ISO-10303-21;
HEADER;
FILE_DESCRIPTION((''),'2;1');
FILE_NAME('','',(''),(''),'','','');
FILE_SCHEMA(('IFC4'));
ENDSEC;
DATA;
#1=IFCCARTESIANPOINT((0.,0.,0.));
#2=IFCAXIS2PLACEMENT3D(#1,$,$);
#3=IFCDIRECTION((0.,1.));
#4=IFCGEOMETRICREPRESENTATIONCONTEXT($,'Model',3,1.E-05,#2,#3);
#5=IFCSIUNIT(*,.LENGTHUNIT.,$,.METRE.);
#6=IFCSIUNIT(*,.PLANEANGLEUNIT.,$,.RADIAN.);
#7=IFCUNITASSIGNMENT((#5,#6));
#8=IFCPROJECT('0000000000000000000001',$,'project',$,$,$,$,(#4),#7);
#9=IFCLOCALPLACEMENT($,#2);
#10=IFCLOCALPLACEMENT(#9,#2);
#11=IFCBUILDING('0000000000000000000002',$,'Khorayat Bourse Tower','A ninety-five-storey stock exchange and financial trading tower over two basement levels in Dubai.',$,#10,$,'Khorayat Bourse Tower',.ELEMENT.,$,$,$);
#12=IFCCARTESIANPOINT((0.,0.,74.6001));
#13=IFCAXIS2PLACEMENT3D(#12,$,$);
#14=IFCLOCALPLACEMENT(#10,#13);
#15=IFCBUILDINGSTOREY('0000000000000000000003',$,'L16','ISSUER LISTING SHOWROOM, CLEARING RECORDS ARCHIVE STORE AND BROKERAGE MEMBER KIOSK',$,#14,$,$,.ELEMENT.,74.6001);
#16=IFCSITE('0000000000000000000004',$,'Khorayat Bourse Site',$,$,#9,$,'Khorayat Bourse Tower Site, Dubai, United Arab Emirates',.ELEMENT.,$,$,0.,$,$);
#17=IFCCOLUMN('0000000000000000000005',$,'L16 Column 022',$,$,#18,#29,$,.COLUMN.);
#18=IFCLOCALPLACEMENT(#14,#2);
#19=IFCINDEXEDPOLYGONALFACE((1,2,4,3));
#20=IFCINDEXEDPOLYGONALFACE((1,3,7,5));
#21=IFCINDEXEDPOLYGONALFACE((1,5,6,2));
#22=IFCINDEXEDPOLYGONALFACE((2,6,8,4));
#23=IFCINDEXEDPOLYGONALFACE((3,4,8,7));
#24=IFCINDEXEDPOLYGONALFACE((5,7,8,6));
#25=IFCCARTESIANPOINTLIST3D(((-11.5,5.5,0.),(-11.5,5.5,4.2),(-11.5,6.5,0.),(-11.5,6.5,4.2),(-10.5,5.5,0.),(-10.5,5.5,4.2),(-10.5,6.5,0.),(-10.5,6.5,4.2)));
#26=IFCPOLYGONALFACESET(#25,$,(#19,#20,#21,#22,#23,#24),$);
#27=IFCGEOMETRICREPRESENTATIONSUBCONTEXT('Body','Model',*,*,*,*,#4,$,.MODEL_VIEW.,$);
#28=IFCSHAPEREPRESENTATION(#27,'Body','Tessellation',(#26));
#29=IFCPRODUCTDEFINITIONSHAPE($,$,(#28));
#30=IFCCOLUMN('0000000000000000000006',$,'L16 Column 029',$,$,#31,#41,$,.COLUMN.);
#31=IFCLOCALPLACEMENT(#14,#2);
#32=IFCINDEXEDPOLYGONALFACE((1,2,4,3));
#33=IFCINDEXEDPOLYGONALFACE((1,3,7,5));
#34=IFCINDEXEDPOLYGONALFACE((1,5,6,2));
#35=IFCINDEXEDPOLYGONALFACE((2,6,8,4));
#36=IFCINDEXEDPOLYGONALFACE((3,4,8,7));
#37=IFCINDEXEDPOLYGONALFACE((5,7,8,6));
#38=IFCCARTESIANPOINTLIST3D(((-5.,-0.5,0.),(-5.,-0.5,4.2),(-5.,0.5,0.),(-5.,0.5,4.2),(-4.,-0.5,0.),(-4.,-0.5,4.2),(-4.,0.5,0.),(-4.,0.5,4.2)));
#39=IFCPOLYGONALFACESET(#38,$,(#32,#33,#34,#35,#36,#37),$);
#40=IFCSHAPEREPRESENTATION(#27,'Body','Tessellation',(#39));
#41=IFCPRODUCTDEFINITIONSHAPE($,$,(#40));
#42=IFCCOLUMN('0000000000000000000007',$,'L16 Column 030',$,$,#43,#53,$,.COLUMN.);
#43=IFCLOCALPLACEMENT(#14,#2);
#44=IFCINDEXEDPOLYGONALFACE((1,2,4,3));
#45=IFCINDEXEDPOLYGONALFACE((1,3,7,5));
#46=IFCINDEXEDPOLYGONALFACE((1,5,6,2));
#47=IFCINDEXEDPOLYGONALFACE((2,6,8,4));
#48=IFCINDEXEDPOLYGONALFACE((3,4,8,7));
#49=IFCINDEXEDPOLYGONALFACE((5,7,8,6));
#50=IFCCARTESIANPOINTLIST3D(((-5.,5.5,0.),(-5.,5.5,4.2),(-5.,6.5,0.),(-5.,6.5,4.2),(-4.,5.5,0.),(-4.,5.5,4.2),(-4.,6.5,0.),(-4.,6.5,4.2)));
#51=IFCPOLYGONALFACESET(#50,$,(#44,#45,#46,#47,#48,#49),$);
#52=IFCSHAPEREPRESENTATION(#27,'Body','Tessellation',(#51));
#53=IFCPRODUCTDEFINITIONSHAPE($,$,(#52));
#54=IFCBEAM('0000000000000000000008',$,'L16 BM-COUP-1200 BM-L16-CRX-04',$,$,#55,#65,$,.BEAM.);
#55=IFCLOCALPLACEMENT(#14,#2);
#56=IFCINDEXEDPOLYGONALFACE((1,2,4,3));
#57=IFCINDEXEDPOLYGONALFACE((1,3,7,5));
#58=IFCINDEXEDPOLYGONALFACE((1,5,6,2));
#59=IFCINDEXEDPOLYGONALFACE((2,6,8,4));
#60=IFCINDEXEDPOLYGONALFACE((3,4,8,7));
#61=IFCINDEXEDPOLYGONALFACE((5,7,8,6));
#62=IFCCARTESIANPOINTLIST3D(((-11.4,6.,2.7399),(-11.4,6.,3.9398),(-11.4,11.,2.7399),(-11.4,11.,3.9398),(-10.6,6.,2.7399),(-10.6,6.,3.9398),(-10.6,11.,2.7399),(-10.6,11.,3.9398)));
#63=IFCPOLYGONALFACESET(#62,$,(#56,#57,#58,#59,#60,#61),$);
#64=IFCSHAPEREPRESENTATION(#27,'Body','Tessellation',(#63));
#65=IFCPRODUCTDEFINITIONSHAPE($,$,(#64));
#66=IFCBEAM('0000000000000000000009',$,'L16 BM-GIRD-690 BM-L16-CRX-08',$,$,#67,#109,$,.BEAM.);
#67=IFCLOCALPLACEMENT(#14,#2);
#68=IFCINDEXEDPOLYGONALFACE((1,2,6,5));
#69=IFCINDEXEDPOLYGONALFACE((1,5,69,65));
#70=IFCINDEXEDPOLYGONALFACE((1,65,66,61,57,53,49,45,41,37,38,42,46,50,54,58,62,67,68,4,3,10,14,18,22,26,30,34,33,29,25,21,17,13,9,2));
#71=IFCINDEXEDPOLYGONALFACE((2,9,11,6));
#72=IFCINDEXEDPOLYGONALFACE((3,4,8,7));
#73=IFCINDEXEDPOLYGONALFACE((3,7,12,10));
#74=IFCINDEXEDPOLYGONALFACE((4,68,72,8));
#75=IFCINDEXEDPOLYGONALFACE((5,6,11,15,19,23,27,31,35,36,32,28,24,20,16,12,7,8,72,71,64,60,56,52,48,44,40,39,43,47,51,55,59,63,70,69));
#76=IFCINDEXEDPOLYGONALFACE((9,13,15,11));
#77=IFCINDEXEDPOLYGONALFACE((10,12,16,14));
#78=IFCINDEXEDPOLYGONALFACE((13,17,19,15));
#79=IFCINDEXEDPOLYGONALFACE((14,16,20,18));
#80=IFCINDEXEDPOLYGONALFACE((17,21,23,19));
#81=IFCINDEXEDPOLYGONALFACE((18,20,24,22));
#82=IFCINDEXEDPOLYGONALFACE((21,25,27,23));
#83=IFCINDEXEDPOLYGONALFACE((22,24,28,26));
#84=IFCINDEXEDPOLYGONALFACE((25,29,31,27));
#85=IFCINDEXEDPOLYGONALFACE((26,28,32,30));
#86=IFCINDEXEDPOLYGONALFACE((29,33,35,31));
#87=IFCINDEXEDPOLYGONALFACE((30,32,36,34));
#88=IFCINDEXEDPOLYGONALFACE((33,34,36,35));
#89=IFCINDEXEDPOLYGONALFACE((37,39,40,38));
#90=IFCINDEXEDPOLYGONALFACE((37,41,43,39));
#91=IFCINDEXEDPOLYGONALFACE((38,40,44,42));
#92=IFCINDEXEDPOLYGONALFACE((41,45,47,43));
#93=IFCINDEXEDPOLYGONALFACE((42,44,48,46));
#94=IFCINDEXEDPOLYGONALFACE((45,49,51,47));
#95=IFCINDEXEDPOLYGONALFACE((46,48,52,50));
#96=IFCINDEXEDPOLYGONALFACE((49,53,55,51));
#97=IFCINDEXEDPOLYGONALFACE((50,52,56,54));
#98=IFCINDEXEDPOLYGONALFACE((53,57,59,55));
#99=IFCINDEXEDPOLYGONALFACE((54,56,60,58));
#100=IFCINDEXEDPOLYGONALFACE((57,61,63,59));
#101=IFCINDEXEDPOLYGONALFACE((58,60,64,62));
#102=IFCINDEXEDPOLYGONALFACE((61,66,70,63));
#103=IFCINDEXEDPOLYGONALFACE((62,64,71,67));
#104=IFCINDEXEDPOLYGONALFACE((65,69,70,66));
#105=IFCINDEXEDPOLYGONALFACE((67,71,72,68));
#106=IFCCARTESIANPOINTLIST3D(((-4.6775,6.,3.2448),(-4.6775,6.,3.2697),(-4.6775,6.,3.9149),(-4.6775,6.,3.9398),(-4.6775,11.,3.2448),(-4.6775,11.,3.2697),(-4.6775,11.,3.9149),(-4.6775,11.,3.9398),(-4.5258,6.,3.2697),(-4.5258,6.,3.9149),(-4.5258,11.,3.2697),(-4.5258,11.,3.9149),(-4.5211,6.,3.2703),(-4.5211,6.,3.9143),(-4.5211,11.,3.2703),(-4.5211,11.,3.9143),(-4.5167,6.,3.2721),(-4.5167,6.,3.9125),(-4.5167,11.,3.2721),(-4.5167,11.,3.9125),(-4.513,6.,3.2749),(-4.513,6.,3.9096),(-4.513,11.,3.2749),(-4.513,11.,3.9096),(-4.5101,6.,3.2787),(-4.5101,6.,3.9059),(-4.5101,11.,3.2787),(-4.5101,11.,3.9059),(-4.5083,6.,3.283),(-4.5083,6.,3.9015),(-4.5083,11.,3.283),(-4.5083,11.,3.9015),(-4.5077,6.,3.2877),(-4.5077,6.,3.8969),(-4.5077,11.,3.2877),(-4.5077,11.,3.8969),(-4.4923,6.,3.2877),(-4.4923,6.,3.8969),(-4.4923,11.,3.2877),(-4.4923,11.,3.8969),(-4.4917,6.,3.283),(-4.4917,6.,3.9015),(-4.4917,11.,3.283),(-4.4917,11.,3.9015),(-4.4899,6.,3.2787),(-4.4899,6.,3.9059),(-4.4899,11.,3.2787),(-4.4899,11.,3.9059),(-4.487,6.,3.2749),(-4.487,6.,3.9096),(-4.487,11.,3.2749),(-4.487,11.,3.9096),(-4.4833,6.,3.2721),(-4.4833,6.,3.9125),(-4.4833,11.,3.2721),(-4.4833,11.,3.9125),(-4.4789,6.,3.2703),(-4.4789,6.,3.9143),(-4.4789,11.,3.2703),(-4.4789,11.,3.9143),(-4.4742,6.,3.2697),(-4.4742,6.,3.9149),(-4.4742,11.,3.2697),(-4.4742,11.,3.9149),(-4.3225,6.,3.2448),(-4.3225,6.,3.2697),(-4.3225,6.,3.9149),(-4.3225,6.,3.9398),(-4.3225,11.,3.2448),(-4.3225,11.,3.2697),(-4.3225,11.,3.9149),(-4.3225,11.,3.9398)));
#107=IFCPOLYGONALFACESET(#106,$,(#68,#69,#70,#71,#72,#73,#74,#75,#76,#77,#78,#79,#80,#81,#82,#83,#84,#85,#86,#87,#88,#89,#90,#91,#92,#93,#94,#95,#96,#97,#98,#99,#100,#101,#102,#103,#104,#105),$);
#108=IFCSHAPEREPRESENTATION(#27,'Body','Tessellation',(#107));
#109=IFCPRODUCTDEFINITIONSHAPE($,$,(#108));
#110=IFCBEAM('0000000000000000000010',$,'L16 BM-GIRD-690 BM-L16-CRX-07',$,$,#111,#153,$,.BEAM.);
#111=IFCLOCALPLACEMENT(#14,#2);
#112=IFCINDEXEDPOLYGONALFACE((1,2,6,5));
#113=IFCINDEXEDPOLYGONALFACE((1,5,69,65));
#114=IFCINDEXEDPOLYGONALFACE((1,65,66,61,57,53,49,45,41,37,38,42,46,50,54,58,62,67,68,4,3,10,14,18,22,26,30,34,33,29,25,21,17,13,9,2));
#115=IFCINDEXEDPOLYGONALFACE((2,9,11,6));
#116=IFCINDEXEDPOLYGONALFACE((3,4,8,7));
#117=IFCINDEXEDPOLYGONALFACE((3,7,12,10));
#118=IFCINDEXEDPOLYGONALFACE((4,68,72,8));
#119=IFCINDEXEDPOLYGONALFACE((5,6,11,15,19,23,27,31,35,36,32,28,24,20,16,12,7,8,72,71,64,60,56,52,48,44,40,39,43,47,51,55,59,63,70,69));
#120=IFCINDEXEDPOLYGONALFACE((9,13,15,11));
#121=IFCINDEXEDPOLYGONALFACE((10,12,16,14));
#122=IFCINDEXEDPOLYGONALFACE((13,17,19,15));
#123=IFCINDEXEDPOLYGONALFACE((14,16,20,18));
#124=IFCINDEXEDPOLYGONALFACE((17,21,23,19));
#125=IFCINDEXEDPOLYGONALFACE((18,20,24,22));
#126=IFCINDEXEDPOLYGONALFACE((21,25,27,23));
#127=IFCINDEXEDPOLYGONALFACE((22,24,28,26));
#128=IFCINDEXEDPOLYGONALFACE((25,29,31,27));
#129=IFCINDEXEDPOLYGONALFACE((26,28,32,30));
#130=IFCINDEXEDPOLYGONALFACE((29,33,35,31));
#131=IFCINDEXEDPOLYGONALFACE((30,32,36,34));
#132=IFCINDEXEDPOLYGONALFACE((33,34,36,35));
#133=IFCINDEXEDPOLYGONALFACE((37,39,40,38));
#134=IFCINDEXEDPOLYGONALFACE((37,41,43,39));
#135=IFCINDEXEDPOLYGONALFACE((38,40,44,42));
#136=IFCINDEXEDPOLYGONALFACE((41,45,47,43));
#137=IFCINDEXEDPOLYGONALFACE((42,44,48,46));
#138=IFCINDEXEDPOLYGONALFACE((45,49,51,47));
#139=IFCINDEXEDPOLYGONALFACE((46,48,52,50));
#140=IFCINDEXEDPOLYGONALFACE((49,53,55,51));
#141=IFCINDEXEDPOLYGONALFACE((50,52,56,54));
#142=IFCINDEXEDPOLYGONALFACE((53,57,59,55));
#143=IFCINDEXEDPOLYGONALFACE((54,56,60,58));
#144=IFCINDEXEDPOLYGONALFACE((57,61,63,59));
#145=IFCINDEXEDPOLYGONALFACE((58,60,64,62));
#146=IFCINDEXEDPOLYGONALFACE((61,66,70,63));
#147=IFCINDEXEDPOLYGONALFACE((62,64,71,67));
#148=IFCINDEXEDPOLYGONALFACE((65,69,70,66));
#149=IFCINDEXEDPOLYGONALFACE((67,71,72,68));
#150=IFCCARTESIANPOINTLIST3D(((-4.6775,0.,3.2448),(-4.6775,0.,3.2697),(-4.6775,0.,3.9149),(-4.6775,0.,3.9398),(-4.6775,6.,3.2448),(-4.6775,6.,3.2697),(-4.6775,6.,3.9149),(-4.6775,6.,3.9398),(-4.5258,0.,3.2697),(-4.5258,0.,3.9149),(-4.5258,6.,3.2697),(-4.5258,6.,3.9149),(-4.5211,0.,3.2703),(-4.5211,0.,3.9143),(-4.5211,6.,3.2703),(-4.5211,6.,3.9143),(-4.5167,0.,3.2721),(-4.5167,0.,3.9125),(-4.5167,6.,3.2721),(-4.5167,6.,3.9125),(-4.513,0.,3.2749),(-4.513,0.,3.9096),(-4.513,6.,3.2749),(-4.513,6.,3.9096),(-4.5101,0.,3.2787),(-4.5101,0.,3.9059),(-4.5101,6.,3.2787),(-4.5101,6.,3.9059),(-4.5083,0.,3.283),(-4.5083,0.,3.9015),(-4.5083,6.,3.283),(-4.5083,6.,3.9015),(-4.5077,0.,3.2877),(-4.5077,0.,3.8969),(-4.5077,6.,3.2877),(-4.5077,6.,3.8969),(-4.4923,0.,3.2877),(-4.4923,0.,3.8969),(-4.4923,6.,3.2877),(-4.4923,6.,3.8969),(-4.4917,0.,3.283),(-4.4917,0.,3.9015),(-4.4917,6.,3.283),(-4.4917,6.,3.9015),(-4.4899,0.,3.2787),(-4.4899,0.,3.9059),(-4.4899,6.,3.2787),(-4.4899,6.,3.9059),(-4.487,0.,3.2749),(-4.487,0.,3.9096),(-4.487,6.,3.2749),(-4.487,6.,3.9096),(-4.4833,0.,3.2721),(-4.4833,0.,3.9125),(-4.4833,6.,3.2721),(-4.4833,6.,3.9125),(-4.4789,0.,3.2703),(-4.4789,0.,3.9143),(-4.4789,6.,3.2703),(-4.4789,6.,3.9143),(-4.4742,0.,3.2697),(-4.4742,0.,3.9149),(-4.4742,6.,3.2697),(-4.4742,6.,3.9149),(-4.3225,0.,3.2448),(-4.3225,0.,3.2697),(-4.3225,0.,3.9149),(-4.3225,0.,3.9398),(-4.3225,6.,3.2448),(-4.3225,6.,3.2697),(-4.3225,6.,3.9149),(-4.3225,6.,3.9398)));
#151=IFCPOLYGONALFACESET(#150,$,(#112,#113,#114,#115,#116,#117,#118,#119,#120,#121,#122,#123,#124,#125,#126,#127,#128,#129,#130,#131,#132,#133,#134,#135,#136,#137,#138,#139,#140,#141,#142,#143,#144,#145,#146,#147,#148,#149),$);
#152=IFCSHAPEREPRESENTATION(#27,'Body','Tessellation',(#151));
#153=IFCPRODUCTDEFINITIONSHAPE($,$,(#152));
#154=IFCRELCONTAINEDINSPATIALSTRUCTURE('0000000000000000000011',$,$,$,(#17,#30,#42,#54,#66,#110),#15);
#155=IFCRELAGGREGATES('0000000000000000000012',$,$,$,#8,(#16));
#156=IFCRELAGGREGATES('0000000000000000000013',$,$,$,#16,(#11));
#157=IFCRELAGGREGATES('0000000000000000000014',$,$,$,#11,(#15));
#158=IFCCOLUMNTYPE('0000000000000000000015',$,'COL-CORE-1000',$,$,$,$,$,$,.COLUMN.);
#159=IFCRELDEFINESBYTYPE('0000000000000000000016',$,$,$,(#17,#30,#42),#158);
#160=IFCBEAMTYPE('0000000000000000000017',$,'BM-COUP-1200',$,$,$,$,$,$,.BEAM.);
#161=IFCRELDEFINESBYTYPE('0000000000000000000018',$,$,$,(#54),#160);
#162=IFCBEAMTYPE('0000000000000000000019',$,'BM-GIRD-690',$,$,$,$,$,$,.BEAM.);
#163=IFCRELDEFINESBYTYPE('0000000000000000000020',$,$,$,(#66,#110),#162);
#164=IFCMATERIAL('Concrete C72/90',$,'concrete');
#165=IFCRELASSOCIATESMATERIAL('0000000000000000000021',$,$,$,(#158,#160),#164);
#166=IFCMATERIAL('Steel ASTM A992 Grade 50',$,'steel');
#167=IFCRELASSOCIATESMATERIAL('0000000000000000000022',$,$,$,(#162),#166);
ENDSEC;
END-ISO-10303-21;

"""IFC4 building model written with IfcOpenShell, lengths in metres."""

from ifc_helpers import new_model, si_unit, direction, frame, origin, origin_2d, place, context, subcontext, project, spatial, rectangle, i_section, extrude, source, transform, mapped, material, material_profile, profile_set, type_object, element, save


model = new_model("IFC4")

# Units and contexts
model_context = context("Model", 3, precision=1e-05, world=origin(), true_north=direction((0.0, 1.0)))
body_context = subcontext(model_context, "Body", "Model", "MODEL_VIEW")
ifc_project = project(units=[si_unit("LENGTHUNIT", "METRE"), si_unit("PLANEANGLEUNIT", "RADIAN")], contexts=[model_context])

# Site, building, storey
site_placement = place(None, origin())
site = spatial("IfcSite", under=ifc_project, at=site_placement, Name="Khorayat Bourse Site", LongName="Khorayat Bourse Tower Site, Dubai, United Arab Emirates", CompositionType="ELEMENT", RefElevation=0.0)
building_placement = place(site_placement, origin())
building = spatial("IfcBuilding", under=site, at=building_placement, Name="Khorayat Bourse Tower", Description="A ninety-five-storey stock exchange and financial trading tower over two basement levels in Dubai.", LongName="Khorayat Bourse Tower", CompositionType="ELEMENT")
storey_placement = place(building_placement, frame((0.0, 0.0, 74.6001)))
storey = spatial("IfcBuildingStorey", under=building, at=storey_placement, Name="L16", Description="ISSUER LISTING SHOWROOM, CLEARING RECORDS ARCHIVE STORE AND BROKERAGE MEMBER KIOSK", CompositionType="ELEMENT", Elevation=74.6001)

# Columns
ifc_material_1 = material(Name="Concrete C72/90", Category="concrete")
ifc_material_profile_1 = material_profile(ifc_material_1, rectangle(XDim=1.0, YDim=1.0, at=origin_2d()), Name="RC 1000x1000")
ifc_profile_set_1 = profile_set([ifc_material_profile_1], Name="Concrete C72/90")
column_type = type_object("IfcColumnType", Name="COL-CORE-1000", PredefinedType="COLUMN", material=ifc_profile_set_1)
shared_shape_1 = source(origin(), body_context, "Body", "SweptSolid", [
    extrude(rectangle(XDim=1.0, YDim=1.0, at=origin_2d()), origin(), (0.0, 0.0, 1.0), 4.2),
])
for number, where, z_axis, x_axis, name in (
    (1, (-11.0, 6.0, 0.0), (0.0, 0.0, 1.0), (1.0, 0.0, 0.0), "L16 Column 022"),
    (2, (-4.5, 0.0, 0.0), (0.0, 0.0, 1.0), (1.0, 0.0, 0.0), "L16 Column 029"),
    (3, (-4.5, 6.0, 0.0), (0.0, 0.0, 1.0), (1.0, 0.0, 0.0), "L16 Column 030"),
):
    element("IfcColumn", number, at=place(storey_placement, frame(where, z_axis=z_axis, x_axis=x_axis)), inside=storey, type_object=column_type, Name=name, PredefinedType="COLUMN", context=body_context, shape_type="MappedRepresentation", body=[
        mapped(shared_shape_1, transform((0.0, 0.0, 0.0), scale=1.0)),
    ])

# Beams
ifc_material_profile_2 = material_profile(ifc_material_1, rectangle(XDim=0.8, YDim=1.2, at=origin_2d()), Name="RC 800x1200")
ifc_profile_set_2 = profile_set([ifc_material_profile_2], Name="Concrete C72/90")
beam_type_1 = type_object("IfcBeamType", Name="BM-COUP-1200", PredefinedType="BEAM", material=ifc_profile_set_2)
shared_shape_2 = source(origin(), body_context, "Body", "SweptSolid", [
    extrude(rectangle(XDim=0.8, YDim=1.2, at=origin_2d()), origin(), (0.0, 0.0, 1.0), 5.0),
])
beam_1_placement = place(storey_placement, frame((-11.0, 6.0, 3.3398), z_axis=(0.0, 1.0, 0.0), x_axis=(-1.0, 0.0, 0.0)))
element("IfcBeam", 4, at=beam_1_placement, inside=storey, type_object=beam_type_1, Name="L16 BM-COUP-1200 BM-L16-CRX-04", PredefinedType="BEAM", context=body_context, shape_type="MappedRepresentation", body=[
    mapped(shared_shape_2, transform((0.0, 0.0, 0.0), scale=1.0)),
])
ifc_material_2 = material(Name="Steel ASTM A992 Grade 50", Category="steel")
ifc_material_profile_3 = material_profile(ifc_material_2, i_section(OverallWidth=0.355, OverallDepth=0.6951, WebThickness=0.0154, FlangeThickness=0.0249, FilletRadius=0.0181, at=origin_2d()), Name="W690X217")
ifc_profile_set_3 = profile_set([ifc_material_profile_3], Name="Steel ASTM A992 Grade 50")
beam_type_2 = type_object("IfcBeamType", Name="BM-GIRD-690", PredefinedType="BEAM", material=ifc_profile_set_3)
shared_shape_3 = source(origin(), body_context, "Body", "SweptSolid", [
    extrude(i_section(OverallWidth=0.355, OverallDepth=0.6951, WebThickness=0.0154, FlangeThickness=0.0249, FilletRadius=0.0181, at=origin_2d()), origin(), (0.0, 0.0, 1.0), 5.0),
])
beam_2_placement = place(storey_placement, frame((-4.5, 6.0, 3.5923), z_axis=(0.0, 1.0, 0.0), x_axis=(-1.0, 0.0, 0.0)))
element("IfcBeam", 5, at=beam_2_placement, inside=storey, type_object=beam_type_2, Name="L16 BM-GIRD-690 BM-L16-CRX-08", PredefinedType="BEAM", context=body_context, shape_type="MappedRepresentation", body=[
    mapped(shared_shape_3, transform((0.0, 0.0, 0.0), scale=1.0)),
])
shared_shape_4 = source(origin(), body_context, "Body", "SweptSolid", [
    extrude(i_section(OverallWidth=0.355, OverallDepth=0.6951, WebThickness=0.0154, FlangeThickness=0.0249, FilletRadius=0.0181, at=origin_2d()), origin(), (0.0, 0.0, 1.0), 6.0),
])
beam_3_placement = place(storey_placement, frame((-4.5, 0.0, 3.5923), z_axis=(0.0, 1.0, 0.0), x_axis=(-1.0, 0.0, 0.0)))
element("IfcBeam", 6, at=beam_3_placement, inside=storey, type_object=beam_type_2, Name="L16 BM-GIRD-690 BM-L16-CRX-07", PredefinedType="BEAM", context=body_context, shape_type="MappedRepresentation", body=[
    mapped(shared_shape_4, transform((0.0, 0.0, 0.0), scale=1.0)),
])

save(model, "model.ifc")
